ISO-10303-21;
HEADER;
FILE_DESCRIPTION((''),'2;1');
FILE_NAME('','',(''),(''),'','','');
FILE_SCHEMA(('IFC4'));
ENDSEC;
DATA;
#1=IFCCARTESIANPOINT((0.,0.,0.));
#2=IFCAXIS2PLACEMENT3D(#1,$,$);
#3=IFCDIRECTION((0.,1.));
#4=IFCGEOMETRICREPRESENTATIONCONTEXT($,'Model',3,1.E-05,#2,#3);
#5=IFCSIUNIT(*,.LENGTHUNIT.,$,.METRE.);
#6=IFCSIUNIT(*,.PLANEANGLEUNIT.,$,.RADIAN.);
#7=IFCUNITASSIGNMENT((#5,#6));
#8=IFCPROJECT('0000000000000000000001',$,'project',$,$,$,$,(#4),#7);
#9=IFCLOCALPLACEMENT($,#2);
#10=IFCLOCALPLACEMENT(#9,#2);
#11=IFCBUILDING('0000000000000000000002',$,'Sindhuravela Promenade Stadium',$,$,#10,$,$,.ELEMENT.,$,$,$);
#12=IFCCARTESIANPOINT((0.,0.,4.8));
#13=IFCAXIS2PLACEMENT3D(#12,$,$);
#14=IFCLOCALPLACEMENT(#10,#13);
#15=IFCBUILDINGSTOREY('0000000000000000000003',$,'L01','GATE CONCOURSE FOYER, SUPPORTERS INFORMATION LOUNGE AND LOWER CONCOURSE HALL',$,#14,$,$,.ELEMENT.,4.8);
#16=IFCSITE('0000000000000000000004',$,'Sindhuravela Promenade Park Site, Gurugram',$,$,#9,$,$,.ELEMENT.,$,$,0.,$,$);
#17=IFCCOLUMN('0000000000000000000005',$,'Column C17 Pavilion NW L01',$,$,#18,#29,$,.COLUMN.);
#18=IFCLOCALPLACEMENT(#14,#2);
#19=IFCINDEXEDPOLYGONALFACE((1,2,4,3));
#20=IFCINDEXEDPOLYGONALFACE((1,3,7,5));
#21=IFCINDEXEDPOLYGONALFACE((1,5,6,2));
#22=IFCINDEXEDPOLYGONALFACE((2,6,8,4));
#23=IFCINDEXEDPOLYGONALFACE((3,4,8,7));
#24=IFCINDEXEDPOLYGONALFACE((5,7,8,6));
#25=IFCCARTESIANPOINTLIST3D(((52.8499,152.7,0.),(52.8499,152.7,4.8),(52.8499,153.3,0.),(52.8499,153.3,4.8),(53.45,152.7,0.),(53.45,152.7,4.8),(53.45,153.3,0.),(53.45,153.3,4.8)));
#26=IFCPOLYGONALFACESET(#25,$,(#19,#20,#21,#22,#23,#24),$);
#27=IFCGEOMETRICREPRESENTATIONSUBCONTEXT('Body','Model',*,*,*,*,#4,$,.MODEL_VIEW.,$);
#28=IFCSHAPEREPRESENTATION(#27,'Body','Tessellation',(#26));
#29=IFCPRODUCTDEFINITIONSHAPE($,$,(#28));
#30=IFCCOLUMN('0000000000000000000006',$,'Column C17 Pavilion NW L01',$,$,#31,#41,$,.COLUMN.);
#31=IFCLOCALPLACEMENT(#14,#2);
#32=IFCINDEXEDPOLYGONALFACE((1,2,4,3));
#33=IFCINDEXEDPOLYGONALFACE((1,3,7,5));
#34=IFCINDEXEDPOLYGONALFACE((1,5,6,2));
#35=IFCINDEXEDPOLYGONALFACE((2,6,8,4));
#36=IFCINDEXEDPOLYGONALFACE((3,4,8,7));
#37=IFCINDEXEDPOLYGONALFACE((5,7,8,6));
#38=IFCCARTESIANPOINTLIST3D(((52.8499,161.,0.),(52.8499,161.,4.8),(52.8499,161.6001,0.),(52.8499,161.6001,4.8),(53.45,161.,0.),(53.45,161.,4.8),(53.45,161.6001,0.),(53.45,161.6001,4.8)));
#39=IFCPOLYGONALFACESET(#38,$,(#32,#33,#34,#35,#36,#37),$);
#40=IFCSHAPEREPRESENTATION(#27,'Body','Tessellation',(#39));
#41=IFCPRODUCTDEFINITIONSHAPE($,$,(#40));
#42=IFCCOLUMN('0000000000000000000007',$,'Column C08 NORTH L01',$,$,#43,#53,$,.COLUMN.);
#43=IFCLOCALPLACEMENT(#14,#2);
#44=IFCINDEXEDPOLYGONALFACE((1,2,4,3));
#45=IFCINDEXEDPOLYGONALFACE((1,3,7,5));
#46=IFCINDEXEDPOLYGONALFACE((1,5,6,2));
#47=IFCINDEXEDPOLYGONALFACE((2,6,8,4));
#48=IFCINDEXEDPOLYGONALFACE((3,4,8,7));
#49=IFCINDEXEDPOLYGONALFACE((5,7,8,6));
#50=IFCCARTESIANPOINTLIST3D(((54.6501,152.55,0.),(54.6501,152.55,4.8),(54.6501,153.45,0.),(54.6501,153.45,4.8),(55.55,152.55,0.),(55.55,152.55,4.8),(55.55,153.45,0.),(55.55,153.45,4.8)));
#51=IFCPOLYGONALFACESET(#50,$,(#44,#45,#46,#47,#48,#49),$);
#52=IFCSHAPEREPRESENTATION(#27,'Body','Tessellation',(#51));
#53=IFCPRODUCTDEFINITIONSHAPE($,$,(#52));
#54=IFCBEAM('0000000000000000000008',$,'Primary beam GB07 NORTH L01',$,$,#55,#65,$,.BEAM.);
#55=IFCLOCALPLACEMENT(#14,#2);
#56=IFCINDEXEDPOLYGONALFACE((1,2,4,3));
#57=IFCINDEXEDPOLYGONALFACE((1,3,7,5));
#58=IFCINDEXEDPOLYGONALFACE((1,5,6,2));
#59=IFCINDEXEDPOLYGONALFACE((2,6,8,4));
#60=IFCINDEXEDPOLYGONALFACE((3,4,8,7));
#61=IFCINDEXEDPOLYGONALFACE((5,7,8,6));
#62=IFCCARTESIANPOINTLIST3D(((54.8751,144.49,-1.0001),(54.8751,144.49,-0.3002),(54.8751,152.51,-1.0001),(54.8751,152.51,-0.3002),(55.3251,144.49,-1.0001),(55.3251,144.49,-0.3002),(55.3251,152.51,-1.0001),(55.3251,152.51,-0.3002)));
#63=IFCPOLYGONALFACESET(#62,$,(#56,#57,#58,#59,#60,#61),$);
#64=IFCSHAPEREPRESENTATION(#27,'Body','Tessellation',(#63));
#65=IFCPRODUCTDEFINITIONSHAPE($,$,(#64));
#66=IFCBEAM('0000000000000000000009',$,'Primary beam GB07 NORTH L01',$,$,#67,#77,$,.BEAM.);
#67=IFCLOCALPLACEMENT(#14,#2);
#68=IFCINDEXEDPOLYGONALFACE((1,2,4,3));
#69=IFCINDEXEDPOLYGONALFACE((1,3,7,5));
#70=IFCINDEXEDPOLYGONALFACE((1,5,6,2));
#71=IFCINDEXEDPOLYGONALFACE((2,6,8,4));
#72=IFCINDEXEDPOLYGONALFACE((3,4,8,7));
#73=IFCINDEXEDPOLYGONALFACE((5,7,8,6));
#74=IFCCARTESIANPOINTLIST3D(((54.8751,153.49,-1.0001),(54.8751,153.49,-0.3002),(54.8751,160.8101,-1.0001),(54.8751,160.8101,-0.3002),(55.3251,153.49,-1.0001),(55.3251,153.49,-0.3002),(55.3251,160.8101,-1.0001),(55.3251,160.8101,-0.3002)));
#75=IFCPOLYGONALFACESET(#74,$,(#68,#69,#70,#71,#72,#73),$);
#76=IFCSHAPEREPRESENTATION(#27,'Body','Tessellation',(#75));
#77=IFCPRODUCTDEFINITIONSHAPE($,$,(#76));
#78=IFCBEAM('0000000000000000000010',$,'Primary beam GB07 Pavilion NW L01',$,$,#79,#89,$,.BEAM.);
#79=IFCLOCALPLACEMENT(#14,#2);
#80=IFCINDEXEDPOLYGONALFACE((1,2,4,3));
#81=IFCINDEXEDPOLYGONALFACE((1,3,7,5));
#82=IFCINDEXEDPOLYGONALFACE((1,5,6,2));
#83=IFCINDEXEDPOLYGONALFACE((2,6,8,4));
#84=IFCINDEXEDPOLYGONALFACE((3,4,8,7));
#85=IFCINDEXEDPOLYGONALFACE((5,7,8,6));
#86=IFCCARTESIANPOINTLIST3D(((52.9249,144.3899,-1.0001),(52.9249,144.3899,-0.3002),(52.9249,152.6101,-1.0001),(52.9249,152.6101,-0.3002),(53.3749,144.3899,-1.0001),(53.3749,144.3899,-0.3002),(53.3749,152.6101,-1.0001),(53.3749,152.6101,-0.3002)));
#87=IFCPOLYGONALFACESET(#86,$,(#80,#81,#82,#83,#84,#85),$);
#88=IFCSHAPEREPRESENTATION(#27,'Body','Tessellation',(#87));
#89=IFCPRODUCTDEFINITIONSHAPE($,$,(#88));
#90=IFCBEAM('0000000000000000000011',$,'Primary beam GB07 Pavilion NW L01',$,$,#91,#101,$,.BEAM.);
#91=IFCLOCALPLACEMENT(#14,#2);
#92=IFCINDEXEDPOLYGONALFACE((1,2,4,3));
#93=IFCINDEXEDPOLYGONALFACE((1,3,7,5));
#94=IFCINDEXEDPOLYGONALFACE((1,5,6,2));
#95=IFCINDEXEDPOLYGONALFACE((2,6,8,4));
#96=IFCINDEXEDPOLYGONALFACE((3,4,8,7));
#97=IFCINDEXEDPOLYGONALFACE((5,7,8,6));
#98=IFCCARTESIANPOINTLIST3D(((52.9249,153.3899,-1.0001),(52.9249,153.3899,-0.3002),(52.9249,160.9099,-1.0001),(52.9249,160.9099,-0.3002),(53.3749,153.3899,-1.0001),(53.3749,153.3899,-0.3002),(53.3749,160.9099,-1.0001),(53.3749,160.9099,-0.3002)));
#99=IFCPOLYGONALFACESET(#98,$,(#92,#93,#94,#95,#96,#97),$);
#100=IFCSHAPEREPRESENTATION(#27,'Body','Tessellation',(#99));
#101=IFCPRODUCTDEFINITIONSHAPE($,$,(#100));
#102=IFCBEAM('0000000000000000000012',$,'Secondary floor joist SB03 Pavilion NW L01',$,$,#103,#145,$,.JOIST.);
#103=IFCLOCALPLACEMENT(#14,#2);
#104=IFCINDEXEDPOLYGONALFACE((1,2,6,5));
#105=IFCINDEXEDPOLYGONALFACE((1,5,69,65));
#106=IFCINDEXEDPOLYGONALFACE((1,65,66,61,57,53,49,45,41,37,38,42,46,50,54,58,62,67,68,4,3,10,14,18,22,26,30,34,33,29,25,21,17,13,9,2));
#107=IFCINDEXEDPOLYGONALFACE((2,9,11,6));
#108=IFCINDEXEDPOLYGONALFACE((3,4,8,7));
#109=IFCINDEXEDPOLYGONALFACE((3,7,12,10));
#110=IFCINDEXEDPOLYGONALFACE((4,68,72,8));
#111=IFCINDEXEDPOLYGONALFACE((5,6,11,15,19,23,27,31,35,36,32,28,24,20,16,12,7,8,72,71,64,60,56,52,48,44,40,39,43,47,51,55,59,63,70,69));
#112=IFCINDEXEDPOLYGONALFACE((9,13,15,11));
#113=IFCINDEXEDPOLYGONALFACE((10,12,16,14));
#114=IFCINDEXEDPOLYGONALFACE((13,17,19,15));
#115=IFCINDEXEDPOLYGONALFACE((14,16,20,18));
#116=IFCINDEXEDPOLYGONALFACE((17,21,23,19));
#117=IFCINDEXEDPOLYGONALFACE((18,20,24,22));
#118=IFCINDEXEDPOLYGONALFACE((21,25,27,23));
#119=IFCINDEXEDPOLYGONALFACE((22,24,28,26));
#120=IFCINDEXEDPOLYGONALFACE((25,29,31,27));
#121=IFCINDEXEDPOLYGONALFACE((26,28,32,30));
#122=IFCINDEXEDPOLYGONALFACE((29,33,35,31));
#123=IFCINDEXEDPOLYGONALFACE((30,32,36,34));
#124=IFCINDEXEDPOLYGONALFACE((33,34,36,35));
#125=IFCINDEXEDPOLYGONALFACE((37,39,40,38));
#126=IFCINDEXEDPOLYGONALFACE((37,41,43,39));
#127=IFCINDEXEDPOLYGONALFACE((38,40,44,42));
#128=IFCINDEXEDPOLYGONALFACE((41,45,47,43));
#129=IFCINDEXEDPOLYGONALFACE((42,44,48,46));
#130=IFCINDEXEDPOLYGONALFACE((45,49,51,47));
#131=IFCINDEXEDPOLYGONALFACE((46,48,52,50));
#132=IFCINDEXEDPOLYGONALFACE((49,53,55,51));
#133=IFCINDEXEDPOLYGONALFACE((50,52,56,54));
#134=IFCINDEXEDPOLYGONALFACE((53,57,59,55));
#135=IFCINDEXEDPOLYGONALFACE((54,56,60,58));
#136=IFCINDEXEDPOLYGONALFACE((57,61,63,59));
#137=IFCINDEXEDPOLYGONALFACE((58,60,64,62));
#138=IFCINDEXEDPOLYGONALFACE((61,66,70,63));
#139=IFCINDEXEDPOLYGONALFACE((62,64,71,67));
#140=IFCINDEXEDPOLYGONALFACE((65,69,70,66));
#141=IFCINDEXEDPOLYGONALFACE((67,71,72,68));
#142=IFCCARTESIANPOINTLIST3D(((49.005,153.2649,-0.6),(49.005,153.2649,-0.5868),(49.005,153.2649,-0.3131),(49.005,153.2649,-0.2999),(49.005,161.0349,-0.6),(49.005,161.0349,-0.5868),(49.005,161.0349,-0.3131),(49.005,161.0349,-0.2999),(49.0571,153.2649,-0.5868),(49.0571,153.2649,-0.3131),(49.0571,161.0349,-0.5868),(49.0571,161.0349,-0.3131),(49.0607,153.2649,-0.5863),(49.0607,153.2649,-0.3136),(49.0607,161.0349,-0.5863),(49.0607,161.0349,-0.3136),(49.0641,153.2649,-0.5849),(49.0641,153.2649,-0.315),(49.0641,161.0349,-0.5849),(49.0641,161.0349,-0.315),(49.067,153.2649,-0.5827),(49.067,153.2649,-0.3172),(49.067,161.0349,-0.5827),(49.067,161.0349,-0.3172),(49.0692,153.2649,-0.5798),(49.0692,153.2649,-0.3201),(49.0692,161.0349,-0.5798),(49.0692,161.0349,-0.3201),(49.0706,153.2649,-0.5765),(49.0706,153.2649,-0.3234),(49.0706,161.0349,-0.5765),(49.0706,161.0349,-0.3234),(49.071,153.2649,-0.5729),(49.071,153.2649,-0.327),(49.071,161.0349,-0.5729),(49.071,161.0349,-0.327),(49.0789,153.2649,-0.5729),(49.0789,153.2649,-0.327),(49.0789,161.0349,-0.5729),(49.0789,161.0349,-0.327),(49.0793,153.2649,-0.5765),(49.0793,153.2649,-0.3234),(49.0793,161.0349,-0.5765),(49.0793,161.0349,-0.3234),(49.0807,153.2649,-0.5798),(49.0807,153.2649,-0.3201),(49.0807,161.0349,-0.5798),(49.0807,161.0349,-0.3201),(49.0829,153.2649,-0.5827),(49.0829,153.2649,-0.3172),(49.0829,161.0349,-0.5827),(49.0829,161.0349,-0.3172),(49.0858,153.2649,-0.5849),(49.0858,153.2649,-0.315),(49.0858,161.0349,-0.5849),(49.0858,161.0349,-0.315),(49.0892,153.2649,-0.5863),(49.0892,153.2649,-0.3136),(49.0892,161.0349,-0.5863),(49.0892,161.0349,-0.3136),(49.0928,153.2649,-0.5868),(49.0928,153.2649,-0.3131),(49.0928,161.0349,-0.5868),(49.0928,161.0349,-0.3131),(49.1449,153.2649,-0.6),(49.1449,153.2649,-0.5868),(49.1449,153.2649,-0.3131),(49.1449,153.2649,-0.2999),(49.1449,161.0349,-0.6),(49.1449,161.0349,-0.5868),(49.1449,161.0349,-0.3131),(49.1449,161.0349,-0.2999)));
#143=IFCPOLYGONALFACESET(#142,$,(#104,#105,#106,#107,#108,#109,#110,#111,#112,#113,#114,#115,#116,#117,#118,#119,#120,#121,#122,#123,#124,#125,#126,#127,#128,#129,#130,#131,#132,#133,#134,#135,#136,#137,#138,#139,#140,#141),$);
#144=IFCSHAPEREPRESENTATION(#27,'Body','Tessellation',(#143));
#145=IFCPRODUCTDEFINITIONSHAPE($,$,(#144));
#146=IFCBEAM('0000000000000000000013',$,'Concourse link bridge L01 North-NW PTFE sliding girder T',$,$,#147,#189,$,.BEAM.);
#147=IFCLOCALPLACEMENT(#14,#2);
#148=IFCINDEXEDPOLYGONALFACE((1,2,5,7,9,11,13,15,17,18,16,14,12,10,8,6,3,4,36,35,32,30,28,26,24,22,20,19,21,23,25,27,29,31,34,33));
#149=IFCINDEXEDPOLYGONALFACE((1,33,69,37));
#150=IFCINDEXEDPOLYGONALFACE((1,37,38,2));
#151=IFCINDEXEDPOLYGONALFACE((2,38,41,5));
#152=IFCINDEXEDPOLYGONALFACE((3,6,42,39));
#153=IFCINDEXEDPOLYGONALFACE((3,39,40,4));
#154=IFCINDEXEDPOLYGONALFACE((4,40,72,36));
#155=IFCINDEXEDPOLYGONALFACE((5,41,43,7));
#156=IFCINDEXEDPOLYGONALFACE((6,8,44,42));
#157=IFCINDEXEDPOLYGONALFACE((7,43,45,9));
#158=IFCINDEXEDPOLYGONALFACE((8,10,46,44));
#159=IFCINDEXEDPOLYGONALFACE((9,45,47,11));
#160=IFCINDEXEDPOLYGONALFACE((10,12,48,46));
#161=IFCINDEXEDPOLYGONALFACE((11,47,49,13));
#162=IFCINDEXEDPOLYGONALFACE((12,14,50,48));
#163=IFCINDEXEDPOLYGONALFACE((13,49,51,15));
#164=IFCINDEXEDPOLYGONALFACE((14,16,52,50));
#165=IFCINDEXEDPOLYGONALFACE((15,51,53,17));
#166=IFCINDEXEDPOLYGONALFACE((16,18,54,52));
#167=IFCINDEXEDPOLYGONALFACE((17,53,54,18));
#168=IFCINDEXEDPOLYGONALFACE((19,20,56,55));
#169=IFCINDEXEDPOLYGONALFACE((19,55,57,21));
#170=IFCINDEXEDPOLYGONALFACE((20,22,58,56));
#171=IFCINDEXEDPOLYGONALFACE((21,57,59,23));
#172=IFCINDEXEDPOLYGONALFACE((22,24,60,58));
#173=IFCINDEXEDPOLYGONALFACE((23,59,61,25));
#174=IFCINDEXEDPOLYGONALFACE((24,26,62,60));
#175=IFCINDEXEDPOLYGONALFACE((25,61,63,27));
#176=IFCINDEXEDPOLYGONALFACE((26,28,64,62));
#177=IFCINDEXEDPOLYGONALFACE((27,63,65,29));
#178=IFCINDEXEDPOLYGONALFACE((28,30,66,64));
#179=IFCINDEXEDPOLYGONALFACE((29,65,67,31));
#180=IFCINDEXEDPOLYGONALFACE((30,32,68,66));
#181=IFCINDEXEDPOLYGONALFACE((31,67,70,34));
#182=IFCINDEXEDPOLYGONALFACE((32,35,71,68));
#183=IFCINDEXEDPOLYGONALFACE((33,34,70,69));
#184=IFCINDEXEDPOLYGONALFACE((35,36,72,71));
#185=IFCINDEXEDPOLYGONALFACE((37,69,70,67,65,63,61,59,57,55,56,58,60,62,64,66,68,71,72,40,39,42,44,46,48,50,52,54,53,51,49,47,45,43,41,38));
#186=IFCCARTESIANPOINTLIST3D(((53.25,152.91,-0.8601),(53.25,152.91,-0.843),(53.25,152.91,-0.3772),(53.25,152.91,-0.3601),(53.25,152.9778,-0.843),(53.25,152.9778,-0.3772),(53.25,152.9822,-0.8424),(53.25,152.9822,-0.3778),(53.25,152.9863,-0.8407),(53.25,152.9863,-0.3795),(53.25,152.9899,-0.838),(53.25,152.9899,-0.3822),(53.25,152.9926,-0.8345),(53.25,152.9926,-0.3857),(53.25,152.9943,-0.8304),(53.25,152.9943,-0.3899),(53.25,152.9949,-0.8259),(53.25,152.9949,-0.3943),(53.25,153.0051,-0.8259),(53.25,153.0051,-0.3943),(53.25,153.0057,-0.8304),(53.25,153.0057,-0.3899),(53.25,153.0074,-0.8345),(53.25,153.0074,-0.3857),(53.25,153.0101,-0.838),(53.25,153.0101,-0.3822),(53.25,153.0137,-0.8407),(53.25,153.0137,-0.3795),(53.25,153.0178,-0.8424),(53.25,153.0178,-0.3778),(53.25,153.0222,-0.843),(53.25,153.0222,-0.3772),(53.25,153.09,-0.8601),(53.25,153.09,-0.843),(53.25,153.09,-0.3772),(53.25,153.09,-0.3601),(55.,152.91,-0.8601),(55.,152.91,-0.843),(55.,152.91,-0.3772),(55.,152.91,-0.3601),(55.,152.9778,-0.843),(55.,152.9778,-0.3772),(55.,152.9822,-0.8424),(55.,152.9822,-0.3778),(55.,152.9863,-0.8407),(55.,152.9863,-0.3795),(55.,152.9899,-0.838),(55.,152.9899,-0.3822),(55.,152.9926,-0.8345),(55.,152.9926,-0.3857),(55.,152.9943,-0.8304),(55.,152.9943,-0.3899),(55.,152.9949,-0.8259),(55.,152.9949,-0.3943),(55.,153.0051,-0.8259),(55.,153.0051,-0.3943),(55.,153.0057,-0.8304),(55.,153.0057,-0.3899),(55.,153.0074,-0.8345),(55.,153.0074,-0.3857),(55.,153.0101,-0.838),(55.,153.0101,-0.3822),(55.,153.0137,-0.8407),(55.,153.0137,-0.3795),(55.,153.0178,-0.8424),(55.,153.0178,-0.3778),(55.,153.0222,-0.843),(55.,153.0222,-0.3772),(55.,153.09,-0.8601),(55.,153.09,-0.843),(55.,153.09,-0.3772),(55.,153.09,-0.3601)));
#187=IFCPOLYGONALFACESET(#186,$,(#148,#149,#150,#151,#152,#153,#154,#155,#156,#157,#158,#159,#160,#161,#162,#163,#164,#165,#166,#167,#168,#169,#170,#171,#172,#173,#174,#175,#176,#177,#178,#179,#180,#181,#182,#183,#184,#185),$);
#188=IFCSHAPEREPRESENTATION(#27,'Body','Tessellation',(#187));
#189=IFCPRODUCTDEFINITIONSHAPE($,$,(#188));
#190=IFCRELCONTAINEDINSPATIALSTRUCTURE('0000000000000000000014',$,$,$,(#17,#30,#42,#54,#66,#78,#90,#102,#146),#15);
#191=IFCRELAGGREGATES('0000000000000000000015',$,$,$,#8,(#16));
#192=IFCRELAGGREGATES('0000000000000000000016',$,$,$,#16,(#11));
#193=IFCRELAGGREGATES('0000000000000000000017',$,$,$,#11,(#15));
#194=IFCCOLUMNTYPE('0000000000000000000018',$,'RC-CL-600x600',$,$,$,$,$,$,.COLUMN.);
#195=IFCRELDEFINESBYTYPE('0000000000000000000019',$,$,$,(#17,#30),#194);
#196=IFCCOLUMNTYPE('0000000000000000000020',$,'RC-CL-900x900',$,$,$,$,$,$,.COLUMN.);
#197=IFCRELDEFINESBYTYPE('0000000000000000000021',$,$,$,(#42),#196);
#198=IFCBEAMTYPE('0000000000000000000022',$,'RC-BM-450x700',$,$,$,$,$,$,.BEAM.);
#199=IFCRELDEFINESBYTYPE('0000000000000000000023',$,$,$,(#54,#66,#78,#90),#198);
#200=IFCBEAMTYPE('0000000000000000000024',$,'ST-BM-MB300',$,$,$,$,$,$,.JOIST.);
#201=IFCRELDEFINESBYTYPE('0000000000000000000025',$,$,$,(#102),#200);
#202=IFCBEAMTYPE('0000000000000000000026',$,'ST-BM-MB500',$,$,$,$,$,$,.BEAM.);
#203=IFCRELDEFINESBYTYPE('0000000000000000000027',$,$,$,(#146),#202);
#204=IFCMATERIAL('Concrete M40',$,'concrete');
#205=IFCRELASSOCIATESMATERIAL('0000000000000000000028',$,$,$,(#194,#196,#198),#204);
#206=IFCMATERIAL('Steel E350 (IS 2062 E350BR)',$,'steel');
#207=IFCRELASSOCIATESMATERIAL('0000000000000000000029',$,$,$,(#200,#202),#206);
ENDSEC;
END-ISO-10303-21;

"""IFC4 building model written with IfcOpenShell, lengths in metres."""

from ifc_helpers import new_model, si_unit, direction, frame, origin, origin_2d, place, context, subcontext, project, spatial, rectangle, i_section, extrude, material, material_profile, profile_set, type_object, element, save


model = new_model("IFC4")

# Units and contexts
model_context = context("Model", 3, precision=1e-05, world=origin(), true_north=direction((0.0, 1.0)))
body_context = subcontext(model_context, "Body", "Model", "MODEL_VIEW")
ifc_project = project(units=[si_unit("LENGTHUNIT", "METRE"), si_unit("PLANEANGLEUNIT", "RADIAN")], contexts=[model_context])

# Site, building, storey
site_placement = place(None, origin())
site = spatial("IfcSite", under=ifc_project, at=site_placement, Name="Sindhuravela Promenade Park Site, Gurugram", CompositionType="ELEMENT", RefElevation=0.0)
building_placement = place(site_placement, origin())
building = spatial("IfcBuilding", under=site, at=building_placement, Name="Sindhuravela Promenade Stadium", CompositionType="ELEMENT")
storey_placement = place(building_placement, frame((0.0, 0.0, 4.8)))
storey = spatial("IfcBuildingStorey", under=building, at=storey_placement, Name="L01", Description="GATE CONCOURSE FOYER, SUPPORTERS INFORMATION LOUNGE AND LOWER CONCOURSE HALL", CompositionType="ELEMENT", Elevation=4.8)

# Columns
ifc_material_1 = material(Name="Concrete M40", Category="concrete")
ifc_material_profile_1 = material_profile(ifc_material_1, rectangle(XDim=0.6001, YDim=0.6001, at=origin_2d()), Name="RC 600x600")
ifc_profile_set_1 = profile_set([ifc_material_profile_1], Name="Concrete M40")
column_type_1 = type_object("IfcColumnType", Name="RC-CL-600x600", PredefinedType="COLUMN", material=ifc_profile_set_1)
for number, where, z_axis, x_axis, name in (
    (1, (53.1499, 153.0, 0.0), (0.0, 0.0, 1.0), (1.0, 0.0, 0.0), "Column C17 Pavilion NW L01"),
    (2, (53.1499, 161.3, 0.0), (0.0, 0.0, 1.0), (1.0, 0.0, 0.0), "Column C17 Pavilion NW L01"),
):
    element("IfcColumn", number, at=place(storey_placement, frame(where, z_axis=z_axis, x_axis=x_axis)), inside=storey, type_object=column_type_1, Name=name, PredefinedType="COLUMN", context=body_context, shape_type="SweptSolid", body=[
        extrude(rectangle(XDim=0.6001, YDim=0.6001, at=origin_2d()), origin(), (0.0, 0.0, 1.0), 4.8),
    ])
ifc_material_profile_2 = material_profile(ifc_material_1, rectangle(XDim=0.8999, YDim=0.8999, at=origin_2d()), Name="RC 900x900")
ifc_profile_set_2 = profile_set([ifc_material_profile_2], Name="Concrete M40")
column_type_2 = type_object("IfcColumnType", Name="RC-CL-900x900", PredefinedType="COLUMN", material=ifc_profile_set_2)
column_placement = place(storey_placement, frame((55.1001, 153.0, 0.0), z_axis=(0.0, 0.0, 1.0), x_axis=(1.0, 0.0, 0.0)))
element("IfcColumn", 3, at=column_placement, inside=storey, type_object=column_type_2, Name="Column C08 NORTH L01", PredefinedType="COLUMN", context=body_context, shape_type="SweptSolid", body=[
    extrude(rectangle(XDim=0.8999, YDim=0.8999, at=origin_2d()), origin(), (0.0, 0.0, 1.0), 4.8),
])

# Beams
ifc_material_profile_3 = material_profile(ifc_material_1, rectangle(XDim=0.45, YDim=0.7, at=origin_2d()), Name="RC 450x700")
ifc_profile_set_3 = profile_set([ifc_material_profile_3], Name="Concrete M40")
beam_type_1 = type_object("IfcBeamType", Name="RC-BM-450x700", PredefinedType="BEAM", material=ifc_profile_set_3)
beam_1_placement = place(storey_placement, frame((55.1001, 144.49, -0.6501), z_axis=(0.0, 1.0, 0.0), x_axis=(-1.0, 0.0, 0.0)))
element("IfcBeam", 4, at=beam_1_placement, inside=storey, type_object=beam_type_1, Name="Primary beam GB07 NORTH L01", PredefinedType="BEAM", context=body_context, shape_type="SweptSolid", body=[
    extrude(rectangle(XDim=0.45, YDim=0.7, at=origin_2d()), origin(), (0.0, 0.0, 1.0), 8.02),
])
beam_2_placement = place(storey_placement, frame((55.1001, 153.49, -0.6501), z_axis=(0.0, 1.0, 0.0), x_axis=(-1.0, 0.0, 0.0)))
element("IfcBeam", 5, at=beam_2_placement, inside=storey, type_object=beam_type_1, Name="Primary beam GB07 NORTH L01", PredefinedType="BEAM", context=body_context, shape_type="SweptSolid", body=[
    extrude(rectangle(XDim=0.45, YDim=0.7, at=origin_2d()), origin(), (0.0, 0.0, 1.0), 7.3201),
])
beam_3_placement = place(storey_placement, frame((53.1499, 144.3899, -0.6501), z_axis=(0.0, 1.0, 0.0), x_axis=(-1.0, 0.0, 0.0)))
element("IfcBeam", 6, at=beam_3_placement, inside=storey, type_object=beam_type_1, Name="Primary beam GB07 Pavilion NW L01", PredefinedType="BEAM", context=body_context, shape_type="SweptSolid", body=[
    extrude(rectangle(XDim=0.45, YDim=0.7, at=origin_2d()), origin(), (0.0, 0.0, 1.0), 8.2202),
])
beam_4_placement = place(storey_placement, frame((53.1499, 153.3899, -0.6501), z_axis=(0.0, 1.0, 0.0), x_axis=(-1.0, 0.0, 0.0)))
element("IfcBeam", 7, at=beam_4_placement, inside=storey, type_object=beam_type_1, Name="Primary beam GB07 Pavilion NW L01", PredefinedType="BEAM", context=body_context, shape_type="SweptSolid", body=[
    extrude(rectangle(XDim=0.45, YDim=0.7, at=origin_2d()), origin(), (0.0, 0.0, 1.0), 7.52),
])
ifc_material_2 = material(Name="Steel E350 (IS 2062 E350BR)", Category="steel")
ifc_material_profile_4 = material_profile(ifc_material_2, i_section(OverallWidth=0.1399, OverallDepth=0.3, WebThickness=0.0078, FlangeThickness=0.0132, FilletRadius=0.0139, at=origin_2d()), Name="ISMB 300")
ifc_profile_set_4 = profile_set([ifc_material_profile_4], Name="Steel E350 (IS 2062 E350BR)")
beam_type_2 = type_object("IfcBeamType", Name="ST-BM-MB300", PredefinedType="JOIST", material=ifc_profile_set_4)
beam_5_placement = place(storey_placement, frame((49.075, 153.2649, -0.45), z_axis=(0.0, 1.0, 0.0), x_axis=(-1.0, 0.0, 0.0)))
element("IfcBeam", 8, at=beam_5_placement, inside=storey, type_object=beam_type_2, Name="Secondary floor joist SB03 Pavilion NW L01", PredefinedType="JOIST", context=body_context, shape_type="SweptSolid", body=[
    extrude(i_section(OverallWidth=0.1399, OverallDepth=0.3, WebThickness=0.0078, FlangeThickness=0.0132, FilletRadius=0.0139, at=origin_2d()), origin(), (0.0, 0.0, 1.0), 7.77),
])
ifc_material_profile_5 = material_profile(ifc_material_2, i_section(OverallWidth=0.1799, OverallDepth=0.5, WebThickness=0.0103, FlangeThickness=0.0171, FilletRadius=0.0171, at=origin_2d()), Name="ISMB 500")
ifc_profile_set_5 = profile_set([ifc_material_profile_5], Name="Steel E350 (IS 2062 E350BR)")
beam_type_3 = type_object("IfcBeamType", Name="ST-BM-MB500", PredefinedType="BEAM", material=ifc_profile_set_5)
beam_6_placement = place(storey_placement, frame((53.25, 153.0, -0.6101), z_axis=(1.0, 0.0, 0.0), x_axis=(0.0, 1.0, 0.0)))
element("IfcBeam", 9, at=beam_6_placement, inside=storey, type_object=beam_type_3, Name="Concourse link bridge L01 North-NW PTFE sliding girder T", PredefinedType="BEAM", context=body_context, shape_type="SweptSolid", body=[
    extrude(i_section(OverallWidth=0.1799, OverallDepth=0.5, WebThickness=0.0103, FlangeThickness=0.0171, FilletRadius=0.0171, at=origin_2d()), origin(), (0.0, 0.0, 1.0), 1.75),
])

save(model, "model.ifc")
